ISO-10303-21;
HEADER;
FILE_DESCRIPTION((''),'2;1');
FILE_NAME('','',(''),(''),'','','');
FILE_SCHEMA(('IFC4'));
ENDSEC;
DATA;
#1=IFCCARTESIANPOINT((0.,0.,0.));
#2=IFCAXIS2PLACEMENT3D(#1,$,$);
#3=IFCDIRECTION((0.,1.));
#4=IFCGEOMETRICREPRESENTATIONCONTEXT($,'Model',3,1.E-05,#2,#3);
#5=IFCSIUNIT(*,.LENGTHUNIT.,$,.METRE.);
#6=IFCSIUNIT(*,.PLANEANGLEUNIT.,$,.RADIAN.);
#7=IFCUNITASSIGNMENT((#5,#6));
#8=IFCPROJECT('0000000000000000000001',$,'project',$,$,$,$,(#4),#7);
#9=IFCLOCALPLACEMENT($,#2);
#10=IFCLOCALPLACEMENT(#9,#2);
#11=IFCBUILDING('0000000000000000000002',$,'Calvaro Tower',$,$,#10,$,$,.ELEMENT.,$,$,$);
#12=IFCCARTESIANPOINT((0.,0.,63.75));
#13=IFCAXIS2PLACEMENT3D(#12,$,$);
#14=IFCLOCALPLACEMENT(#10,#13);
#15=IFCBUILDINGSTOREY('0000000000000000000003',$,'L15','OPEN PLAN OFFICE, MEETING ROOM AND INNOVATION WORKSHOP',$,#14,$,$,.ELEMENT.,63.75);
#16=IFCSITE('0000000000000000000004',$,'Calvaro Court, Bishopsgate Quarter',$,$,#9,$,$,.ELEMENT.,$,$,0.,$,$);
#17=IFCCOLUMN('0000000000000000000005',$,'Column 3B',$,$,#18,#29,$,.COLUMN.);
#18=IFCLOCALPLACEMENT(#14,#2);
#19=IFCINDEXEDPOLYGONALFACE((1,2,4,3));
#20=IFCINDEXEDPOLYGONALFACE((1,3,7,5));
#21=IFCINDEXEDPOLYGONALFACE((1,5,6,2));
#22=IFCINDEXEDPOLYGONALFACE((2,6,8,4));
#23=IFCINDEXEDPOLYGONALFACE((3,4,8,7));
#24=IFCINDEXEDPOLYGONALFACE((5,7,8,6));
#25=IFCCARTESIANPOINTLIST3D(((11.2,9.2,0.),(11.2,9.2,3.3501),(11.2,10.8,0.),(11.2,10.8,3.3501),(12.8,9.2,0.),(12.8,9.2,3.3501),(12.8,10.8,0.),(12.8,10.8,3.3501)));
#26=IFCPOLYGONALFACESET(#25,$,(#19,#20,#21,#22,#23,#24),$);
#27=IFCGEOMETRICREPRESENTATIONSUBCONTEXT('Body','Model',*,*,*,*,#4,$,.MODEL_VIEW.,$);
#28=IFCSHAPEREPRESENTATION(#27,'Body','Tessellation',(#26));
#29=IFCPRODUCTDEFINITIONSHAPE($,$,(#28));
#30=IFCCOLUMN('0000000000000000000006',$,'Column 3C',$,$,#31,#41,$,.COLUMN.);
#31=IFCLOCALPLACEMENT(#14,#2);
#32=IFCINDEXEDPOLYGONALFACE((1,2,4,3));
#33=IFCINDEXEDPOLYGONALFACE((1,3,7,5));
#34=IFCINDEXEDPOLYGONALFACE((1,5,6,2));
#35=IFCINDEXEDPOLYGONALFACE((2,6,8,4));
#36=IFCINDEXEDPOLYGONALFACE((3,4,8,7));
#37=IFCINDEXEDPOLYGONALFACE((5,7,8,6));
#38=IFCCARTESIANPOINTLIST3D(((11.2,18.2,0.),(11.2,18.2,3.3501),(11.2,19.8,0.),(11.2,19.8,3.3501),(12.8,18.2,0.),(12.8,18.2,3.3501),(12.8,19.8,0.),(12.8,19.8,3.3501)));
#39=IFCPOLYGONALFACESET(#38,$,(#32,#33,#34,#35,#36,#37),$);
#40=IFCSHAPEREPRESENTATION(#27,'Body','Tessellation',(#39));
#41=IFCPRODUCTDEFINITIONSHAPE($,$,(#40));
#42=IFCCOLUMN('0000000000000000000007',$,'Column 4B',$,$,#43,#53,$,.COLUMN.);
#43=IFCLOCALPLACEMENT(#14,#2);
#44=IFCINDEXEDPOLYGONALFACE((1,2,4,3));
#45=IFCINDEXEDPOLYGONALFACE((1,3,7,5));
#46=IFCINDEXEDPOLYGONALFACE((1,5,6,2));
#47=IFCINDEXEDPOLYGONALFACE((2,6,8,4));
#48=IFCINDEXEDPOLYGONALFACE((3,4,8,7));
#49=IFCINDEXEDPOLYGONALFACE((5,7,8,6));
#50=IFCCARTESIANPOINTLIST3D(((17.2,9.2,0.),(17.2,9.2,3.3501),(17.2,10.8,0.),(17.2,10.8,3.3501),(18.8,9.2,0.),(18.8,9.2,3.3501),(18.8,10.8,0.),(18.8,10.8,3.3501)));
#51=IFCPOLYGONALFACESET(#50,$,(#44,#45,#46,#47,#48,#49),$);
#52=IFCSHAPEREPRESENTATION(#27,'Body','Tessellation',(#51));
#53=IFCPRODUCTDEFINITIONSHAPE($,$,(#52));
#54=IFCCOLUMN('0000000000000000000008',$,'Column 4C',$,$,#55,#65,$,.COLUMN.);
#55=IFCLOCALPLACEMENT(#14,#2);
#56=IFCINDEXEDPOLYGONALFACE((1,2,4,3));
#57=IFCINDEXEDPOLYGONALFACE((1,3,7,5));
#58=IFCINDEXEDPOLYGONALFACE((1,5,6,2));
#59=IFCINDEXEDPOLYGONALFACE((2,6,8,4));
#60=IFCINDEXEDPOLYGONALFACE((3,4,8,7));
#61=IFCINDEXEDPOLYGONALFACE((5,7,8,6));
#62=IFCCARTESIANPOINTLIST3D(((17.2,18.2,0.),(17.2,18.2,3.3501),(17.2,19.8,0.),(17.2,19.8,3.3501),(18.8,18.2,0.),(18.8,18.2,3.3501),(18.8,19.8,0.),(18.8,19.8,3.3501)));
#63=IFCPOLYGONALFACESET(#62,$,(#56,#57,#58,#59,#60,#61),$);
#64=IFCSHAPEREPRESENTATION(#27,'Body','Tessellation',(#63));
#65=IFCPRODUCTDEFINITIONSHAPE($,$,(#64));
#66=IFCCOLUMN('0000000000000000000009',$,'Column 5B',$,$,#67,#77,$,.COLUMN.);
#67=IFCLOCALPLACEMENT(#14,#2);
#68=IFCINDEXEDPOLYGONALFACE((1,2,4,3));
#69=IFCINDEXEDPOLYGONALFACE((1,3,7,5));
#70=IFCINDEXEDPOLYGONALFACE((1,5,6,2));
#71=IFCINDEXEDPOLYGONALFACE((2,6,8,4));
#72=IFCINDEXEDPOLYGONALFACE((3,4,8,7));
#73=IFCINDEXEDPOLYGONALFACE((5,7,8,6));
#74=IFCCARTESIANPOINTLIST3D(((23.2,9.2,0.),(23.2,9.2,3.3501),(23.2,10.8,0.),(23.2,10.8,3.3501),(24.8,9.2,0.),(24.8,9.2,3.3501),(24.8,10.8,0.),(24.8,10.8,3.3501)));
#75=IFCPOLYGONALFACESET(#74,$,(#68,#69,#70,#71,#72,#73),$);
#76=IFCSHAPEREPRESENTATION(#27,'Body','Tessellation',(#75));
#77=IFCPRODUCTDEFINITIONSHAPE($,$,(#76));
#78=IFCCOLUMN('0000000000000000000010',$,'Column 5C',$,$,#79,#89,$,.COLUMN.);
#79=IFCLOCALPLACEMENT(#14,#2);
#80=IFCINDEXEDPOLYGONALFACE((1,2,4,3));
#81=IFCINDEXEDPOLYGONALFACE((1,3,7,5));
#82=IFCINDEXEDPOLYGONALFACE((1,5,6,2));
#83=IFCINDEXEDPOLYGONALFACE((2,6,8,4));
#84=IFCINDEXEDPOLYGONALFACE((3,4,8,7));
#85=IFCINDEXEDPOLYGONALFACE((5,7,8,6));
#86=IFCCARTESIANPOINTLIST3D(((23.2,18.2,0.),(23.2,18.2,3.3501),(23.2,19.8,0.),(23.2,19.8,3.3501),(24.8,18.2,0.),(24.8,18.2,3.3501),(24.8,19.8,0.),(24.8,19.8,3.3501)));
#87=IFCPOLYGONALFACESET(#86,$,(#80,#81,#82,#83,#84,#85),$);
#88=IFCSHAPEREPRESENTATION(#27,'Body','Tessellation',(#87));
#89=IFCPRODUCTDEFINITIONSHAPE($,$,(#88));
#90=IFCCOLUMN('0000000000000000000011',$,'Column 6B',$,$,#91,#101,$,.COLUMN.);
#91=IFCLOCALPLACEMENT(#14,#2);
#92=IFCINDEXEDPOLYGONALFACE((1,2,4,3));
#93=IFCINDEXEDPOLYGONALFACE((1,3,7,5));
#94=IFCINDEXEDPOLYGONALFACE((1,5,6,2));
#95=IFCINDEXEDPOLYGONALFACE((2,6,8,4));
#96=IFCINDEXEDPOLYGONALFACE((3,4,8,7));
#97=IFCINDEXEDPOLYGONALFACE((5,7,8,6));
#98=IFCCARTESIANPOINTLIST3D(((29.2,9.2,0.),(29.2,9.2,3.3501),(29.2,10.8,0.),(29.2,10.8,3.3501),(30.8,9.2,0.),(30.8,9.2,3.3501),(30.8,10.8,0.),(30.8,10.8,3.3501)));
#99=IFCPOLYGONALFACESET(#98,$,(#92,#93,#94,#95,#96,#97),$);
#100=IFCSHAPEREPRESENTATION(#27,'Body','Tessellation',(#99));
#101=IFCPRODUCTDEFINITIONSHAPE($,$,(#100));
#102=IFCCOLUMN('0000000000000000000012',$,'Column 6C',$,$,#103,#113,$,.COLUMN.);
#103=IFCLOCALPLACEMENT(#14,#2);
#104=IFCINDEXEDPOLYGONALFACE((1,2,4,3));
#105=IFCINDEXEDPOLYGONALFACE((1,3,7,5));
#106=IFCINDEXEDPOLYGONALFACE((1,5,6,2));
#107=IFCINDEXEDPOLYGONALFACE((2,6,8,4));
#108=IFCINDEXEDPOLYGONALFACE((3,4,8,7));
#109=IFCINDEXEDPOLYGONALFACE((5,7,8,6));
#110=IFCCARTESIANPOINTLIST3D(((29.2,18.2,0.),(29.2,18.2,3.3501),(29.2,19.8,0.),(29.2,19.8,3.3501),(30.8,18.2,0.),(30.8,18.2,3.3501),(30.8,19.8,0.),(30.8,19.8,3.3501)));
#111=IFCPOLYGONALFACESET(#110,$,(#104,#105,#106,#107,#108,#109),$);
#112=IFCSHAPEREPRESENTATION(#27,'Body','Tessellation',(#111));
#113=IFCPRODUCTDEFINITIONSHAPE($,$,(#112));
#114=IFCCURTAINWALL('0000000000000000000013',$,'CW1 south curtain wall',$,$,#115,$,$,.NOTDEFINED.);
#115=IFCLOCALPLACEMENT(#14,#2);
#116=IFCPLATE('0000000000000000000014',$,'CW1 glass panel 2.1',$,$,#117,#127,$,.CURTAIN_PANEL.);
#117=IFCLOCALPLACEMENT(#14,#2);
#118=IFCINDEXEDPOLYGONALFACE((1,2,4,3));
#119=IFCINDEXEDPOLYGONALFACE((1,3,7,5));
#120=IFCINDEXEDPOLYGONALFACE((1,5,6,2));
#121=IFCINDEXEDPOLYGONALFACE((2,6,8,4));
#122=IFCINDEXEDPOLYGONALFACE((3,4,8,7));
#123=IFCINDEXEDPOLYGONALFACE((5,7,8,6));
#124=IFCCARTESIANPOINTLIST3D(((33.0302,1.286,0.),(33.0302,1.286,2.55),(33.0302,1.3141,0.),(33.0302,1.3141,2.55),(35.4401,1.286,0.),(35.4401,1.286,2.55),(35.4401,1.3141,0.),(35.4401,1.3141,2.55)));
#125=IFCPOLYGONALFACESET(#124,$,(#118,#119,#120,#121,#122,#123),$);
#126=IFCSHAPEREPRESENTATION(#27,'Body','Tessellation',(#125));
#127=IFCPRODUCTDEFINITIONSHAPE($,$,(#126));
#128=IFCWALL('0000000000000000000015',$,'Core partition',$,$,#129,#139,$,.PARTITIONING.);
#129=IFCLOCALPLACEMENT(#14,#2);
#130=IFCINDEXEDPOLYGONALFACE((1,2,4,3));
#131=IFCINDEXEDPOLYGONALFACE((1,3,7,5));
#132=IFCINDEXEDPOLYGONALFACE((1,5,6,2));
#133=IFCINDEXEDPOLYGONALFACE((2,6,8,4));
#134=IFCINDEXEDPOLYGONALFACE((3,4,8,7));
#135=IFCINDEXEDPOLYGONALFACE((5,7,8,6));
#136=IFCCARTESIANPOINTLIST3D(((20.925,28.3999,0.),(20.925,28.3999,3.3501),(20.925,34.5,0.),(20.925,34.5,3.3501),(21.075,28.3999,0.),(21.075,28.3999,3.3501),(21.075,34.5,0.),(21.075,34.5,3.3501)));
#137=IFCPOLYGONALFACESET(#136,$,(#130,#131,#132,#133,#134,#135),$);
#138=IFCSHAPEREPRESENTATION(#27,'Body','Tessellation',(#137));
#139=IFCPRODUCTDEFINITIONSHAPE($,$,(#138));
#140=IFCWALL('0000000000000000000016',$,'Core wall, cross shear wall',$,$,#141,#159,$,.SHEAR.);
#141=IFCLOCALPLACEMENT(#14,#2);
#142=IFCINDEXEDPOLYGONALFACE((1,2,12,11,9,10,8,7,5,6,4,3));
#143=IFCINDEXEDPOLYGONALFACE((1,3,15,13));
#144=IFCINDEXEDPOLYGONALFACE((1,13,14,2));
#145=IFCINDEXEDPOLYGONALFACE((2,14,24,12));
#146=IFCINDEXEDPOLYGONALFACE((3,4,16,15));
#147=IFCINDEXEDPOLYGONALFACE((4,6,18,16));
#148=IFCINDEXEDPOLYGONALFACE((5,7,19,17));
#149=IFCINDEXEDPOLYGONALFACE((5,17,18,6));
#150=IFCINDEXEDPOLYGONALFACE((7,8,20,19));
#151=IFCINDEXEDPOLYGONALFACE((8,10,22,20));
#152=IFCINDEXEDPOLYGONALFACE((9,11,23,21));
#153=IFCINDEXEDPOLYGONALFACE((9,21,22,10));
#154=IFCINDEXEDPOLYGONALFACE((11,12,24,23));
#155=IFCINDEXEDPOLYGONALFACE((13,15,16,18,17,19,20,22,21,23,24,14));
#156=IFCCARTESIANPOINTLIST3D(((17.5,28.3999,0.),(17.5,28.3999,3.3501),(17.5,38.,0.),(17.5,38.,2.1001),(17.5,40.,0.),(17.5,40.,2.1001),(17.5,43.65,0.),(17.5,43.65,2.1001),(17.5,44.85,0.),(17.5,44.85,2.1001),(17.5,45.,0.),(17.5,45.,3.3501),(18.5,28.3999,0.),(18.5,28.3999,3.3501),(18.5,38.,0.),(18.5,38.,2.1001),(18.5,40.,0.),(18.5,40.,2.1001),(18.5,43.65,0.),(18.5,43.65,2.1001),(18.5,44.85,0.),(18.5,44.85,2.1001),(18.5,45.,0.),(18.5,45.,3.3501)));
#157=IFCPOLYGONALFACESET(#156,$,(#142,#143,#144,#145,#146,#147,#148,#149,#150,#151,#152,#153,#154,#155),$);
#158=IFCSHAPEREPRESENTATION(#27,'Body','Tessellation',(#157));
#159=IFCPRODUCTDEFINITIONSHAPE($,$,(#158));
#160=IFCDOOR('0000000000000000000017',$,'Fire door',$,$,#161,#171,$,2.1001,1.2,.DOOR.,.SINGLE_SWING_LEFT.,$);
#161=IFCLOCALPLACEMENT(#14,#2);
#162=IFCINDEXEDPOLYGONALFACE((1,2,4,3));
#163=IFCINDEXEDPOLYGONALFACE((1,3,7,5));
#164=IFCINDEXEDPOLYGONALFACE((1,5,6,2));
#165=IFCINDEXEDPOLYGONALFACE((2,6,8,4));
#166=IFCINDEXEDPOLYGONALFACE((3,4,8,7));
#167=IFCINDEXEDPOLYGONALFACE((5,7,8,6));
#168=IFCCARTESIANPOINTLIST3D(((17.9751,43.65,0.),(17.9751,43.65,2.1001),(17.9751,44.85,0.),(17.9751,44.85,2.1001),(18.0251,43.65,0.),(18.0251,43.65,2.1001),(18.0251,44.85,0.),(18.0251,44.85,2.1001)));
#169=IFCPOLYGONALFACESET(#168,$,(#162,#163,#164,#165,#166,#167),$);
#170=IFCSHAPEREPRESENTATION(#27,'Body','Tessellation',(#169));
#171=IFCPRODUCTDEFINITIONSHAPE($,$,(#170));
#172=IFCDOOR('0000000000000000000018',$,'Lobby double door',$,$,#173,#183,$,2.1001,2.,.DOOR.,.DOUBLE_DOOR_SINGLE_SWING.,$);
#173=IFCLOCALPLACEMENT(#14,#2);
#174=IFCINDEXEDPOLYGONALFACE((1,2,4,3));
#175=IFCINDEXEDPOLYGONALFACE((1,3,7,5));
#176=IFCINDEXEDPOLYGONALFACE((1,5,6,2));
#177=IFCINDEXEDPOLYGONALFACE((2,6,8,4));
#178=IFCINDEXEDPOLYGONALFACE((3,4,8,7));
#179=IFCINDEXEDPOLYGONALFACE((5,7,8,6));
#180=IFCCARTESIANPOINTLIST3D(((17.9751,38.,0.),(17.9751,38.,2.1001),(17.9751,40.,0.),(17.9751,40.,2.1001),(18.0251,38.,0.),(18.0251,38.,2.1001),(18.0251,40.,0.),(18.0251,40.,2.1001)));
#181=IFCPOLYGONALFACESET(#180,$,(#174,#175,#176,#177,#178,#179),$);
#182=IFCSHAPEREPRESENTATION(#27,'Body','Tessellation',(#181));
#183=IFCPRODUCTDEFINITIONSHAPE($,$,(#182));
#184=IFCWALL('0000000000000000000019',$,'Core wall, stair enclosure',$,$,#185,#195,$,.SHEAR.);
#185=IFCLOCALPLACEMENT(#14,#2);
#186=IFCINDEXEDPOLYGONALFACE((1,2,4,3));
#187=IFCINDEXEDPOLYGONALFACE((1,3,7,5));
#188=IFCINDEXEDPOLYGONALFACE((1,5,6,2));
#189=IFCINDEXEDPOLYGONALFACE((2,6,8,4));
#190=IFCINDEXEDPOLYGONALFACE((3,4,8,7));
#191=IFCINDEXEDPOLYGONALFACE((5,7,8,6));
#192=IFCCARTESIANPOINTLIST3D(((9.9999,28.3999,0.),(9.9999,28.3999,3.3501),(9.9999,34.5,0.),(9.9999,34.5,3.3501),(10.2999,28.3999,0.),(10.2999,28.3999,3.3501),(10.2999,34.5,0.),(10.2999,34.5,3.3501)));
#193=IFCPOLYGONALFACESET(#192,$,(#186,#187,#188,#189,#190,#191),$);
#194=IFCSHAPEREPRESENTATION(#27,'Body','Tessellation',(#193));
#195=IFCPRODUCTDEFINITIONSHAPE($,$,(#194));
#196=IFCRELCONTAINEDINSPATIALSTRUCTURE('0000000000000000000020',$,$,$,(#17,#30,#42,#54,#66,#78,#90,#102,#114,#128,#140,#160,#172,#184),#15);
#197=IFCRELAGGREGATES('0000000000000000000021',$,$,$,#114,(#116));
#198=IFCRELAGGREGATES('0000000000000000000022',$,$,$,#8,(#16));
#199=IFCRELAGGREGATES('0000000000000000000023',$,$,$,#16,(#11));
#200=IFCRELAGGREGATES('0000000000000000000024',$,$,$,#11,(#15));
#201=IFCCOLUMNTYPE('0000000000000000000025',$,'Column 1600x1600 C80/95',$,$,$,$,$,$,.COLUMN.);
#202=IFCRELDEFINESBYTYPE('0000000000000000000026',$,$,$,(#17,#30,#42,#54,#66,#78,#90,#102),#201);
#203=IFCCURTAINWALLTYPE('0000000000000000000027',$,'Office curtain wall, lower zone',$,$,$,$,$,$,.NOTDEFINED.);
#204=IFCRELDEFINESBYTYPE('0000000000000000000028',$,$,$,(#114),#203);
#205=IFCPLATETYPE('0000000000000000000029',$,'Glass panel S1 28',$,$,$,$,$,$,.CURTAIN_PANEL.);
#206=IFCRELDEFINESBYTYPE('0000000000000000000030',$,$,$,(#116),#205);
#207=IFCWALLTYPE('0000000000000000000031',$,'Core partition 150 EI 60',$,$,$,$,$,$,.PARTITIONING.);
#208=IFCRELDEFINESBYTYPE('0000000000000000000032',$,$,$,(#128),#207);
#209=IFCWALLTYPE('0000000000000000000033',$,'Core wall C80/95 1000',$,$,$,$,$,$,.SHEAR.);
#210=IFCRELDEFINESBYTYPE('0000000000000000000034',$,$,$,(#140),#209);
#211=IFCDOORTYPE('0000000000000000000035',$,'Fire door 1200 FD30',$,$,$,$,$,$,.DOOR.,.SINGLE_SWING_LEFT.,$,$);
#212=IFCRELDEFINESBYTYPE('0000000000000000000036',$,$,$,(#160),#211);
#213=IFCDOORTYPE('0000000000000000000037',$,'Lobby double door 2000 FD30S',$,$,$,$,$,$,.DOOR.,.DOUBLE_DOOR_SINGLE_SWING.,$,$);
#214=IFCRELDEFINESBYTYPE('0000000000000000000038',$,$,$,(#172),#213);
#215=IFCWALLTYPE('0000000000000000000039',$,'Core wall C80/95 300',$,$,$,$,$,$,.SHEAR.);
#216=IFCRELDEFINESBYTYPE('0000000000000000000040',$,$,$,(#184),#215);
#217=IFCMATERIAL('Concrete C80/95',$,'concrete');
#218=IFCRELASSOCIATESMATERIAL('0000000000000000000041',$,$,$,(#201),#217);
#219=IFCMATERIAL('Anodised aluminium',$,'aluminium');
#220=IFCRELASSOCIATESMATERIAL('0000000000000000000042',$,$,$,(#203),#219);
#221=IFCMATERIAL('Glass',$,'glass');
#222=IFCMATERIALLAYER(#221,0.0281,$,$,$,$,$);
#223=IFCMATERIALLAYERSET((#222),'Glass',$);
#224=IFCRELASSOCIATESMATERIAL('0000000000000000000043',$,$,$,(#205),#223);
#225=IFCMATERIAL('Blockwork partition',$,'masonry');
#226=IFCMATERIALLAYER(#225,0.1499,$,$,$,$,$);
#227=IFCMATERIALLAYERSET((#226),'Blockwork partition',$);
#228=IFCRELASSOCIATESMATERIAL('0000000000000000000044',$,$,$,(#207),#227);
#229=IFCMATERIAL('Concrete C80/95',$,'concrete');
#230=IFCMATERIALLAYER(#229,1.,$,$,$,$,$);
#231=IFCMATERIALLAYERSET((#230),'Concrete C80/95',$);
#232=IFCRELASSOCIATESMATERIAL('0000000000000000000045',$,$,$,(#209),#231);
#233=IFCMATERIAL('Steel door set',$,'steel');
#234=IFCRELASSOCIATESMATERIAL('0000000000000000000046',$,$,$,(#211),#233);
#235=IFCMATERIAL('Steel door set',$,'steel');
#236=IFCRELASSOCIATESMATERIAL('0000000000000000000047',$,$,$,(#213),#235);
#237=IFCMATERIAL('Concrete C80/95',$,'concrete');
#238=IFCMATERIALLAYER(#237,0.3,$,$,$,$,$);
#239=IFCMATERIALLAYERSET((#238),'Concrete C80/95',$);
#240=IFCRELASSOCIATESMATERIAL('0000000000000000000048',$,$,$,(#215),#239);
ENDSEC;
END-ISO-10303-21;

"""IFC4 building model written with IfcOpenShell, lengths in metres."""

from ifc_helpers import new_model, si_unit, direction, frame, frame_2d, origin, origin_2d, place, context, subcontext, project, spatial, rectangle, extrude, material, layer, layer_set, material_profile, profile_set, type_object, element, fill, aggregate, save


model = new_model("IFC4")

# Units and contexts
model_context = context("Model", 3, precision=1e-05, world=origin(), true_north=direction((0.0, 1.0)))
body_context = subcontext(model_context, "Body", "Model", "MODEL_VIEW")
ifc_project = project(units=[si_unit("LENGTHUNIT", "METRE"), si_unit("PLANEANGLEUNIT", "RADIAN")], contexts=[model_context])

# Site, building, storey
site_placement = place(None, origin())
site = spatial("IfcSite", under=ifc_project, at=site_placement, Name="Calvaro Court, Bishopsgate Quarter", CompositionType="ELEMENT", RefElevation=0.0)
building_placement = place(site_placement, origin())
building = spatial("IfcBuilding", under=site, at=building_placement, Name="Calvaro Tower", CompositionType="ELEMENT")
storey_placement = place(building_placement, frame((0.0, 0.0, 63.75)))
storey = spatial("IfcBuildingStorey", under=building, at=storey_placement, Name="L15", Description="OPEN PLAN OFFICE, MEETING ROOM AND INNOVATION WORKSHOP", CompositionType="ELEMENT", Elevation=63.75)

# Columns
ifc_material_1 = material(Name="Concrete C80/95", Category="concrete")
ifc_material_profile = material_profile(ifc_material_1, rectangle(XDim=1.6001, YDim=1.6001, at=origin_2d()), Name="RC 1600x1600")
ifc_profile_set = profile_set([ifc_material_profile], Name="Concrete C80/95")
column_type = type_object("IfcColumnType", Name="Column 1600x1600 C80/95", PredefinedType="COLUMN", material=ifc_profile_set)
for number, where, z_axis, x_axis, name in (
    (1, (12.0, 10.0, 0.0), (0.0, 0.0, 1.0), (1.0, 0.0, 0.0), "Column 3B"),
    (2, (12.0, 19.0, 0.0), (0.0, 0.0, 1.0), (1.0, 0.0, 0.0), "Column 3C"),
    (3, (18.0, 10.0, 0.0), (0.0, 0.0, 1.0), (1.0, 0.0, 0.0), "Column 4B"),
    (4, (18.0, 19.0, 0.0), (0.0, 0.0, 1.0), (1.0, 0.0, 0.0), "Column 4C"),
    (5, (24.0, 10.0, 0.0), (0.0, 0.0, 1.0), (1.0, 0.0, 0.0), "Column 5B"),
    (6, (24.0, 19.0, 0.0), (0.0, 0.0, 1.0), (1.0, 0.0, 0.0), "Column 5C"),
    (7, (30.0, 10.0, 0.0), (0.0, 0.0, 1.0), (1.0, 0.0, 0.0), "Column 6B"),
    (8, (30.0, 19.0, 0.0), (0.0, 0.0, 1.0), (1.0, 0.0, 0.0), "Column 6C"),
):
    element("IfcColumn", number, at=place(storey_placement, frame(where, z_axis=z_axis, x_axis=x_axis)), inside=storey, type_object=column_type, Name=name, PredefinedType="COLUMN", context=body_context, shape_type="SweptSolid", body=[
        extrude(rectangle(XDim=1.6001, YDim=1.6001, at=origin_2d()), origin(), (0.0, 0.0, 1.0), 3.3501),
    ])

# Curtain wall, plate
ifc_material_2 = material(Name="Anodised aluminium", Category="aluminium")
curtain_wall_type = type_object("IfcCurtainWallType", Name="Office curtain wall, lower zone", PredefinedType="NOTDEFINED", material=ifc_material_2)
curtain_wall_placement = place(storey_placement, origin())
curtain_wall = element("IfcCurtainWall", 9, at=curtain_wall_placement, inside=storey, type_object=curtain_wall_type, Name="CW1 south curtain wall", PredefinedType="NOTDEFINED")
ifc_material_3 = material(Name="Glass", Category="glass")
ifc_layer_1 = layer(ifc_material_3, 0.0281)
ifc_layer_set_1 = layer_set([ifc_layer_1], Name="Glass")
plate_type = type_object("IfcPlateType", Name="Glass panel S1 28", PredefinedType="CURTAIN_PANEL", material=ifc_layer_set_1)
plate_placement = place(storey_placement, frame((34.2351, 1.3, 0.0), z_axis=(0.0, 0.0, 1.0), x_axis=(1.0, 0.0, 0.0)))
plate = element("IfcPlate", 10, at=plate_placement, type_object=plate_type, Name="CW1 glass panel 2.1", PredefinedType="CURTAIN_PANEL", context=body_context, shape_type="SweptSolid", body=[
    extrude(rectangle(XDim=2.4099, YDim=0.0281, at=origin_2d()), origin(), (0.0, 0.0, 1.0), 2.55),
])
aggregate(curtain_wall, [plate])

# Wall
ifc_material_4 = material(Name="Blockwork partition", Category="masonry")
ifc_layer_2 = layer(ifc_material_4, 0.1499)
ifc_layer_set_2 = layer_set([ifc_layer_2], Name="Blockwork partition")
wall_type_1 = type_object("IfcWallType", Name="Core partition 150 EI 60", PredefinedType="PARTITIONING", material=ifc_layer_set_2)
wall_1_placement = place(storey_placement, frame((21.0, 28.3999, 0.0), z_axis=(0.0, 0.0, 1.0), x_axis=(0.0, 1.0, 0.0)))
element("IfcWall", 11, at=wall_1_placement, inside=storey, type_object=wall_type_1, Name="Core partition", PredefinedType="PARTITIONING", context=body_context, shape_type="SweptSolid", body=[
    extrude(rectangle(XDim=6.1001, YDim=0.1499, at=frame_2d((3.05, 0.0))), origin(), (0.0, 0.0, 1.0), 3.3501),
])

# Wall, openings, doors
ifc_material_5 = material(Name="Concrete C80/95", Category="concrete")
ifc_layer_3 = layer(ifc_material_5, 1.0)
ifc_layer_set_3 = layer_set([ifc_layer_3], Name="Concrete C80/95")
wall_type_2 = type_object("IfcWallType", Name="Core wall C80/95 1000", PredefinedType="SHEAR", material=ifc_layer_set_3)
wall_2_placement = place(storey_placement, frame((18.0, 28.3999, 0.0), z_axis=(0.0, 0.0, 1.0), x_axis=(0.0, 1.0, 0.0)))
wall_2 = element("IfcWall", 12, at=wall_2_placement, inside=storey, type_object=wall_type_2, Name="Core wall, cross shear wall", PredefinedType="SHEAR", context=body_context, shape_type="SweptSolid", body=[
    extrude(rectangle(XDim=16.6001, YDim=1.0, at=frame_2d((8.3, 0.0))), origin(), (0.0, 0.0, 1.0), 3.3501),
])
opening_1_placement = place(wall_2_placement, frame((9.6001, 0.0, 0.0)))
opening_1 = element("IfcOpeningElement", 13, at=opening_1_placement, cuts=wall_2, PredefinedType="OPENING", context=body_context, shape_type="SweptSolid", body=[
    extrude(rectangle(XDim=2.0, YDim=2.1001, at=frame_2d((1.0, 1.05))), frame((0.0, 0.51, 0.0), z_axis=(0.0, -1.0, 0.0), x_axis=(1.0, 0.0, 0.0)), (0.0, 0.0, 1.0), 1.02),
])
opening_2_placement = place(wall_2_placement, frame((15.25, 0.0, 0.0)))
opening_2 = element("IfcOpeningElement", 14, at=opening_2_placement, cuts=wall_2, PredefinedType="OPENING", context=body_context, shape_type="SweptSolid", body=[
    extrude(rectangle(XDim=1.2, YDim=2.1001, at=frame_2d((0.6001, 1.05))), frame((0.0, 0.51, 0.0), z_axis=(0.0, -1.0, 0.0), x_axis=(1.0, 0.0, 0.0)), (0.0, 0.0, 1.0), 1.02),
])
ifc_material_6 = material(Name="Steel door set", Category="steel")
door_type_1 = type_object("IfcDoorType", Name="Fire door 1200 FD30", OperationType="SINGLE_SWING_LEFT", PredefinedType="DOOR", material=ifc_material_6)
door_1_placement = place(opening_2_placement, origin())
door_1 = element("IfcDoor", 15, at=door_1_placement, inside=storey, type_object=door_type_1, Name="Fire door", OperationType="SINGLE_SWING_LEFT", OverallHeight=2.1001, OverallWidth=1.2, PredefinedType="DOOR", context=body_context, shape_type="SweptSolid", body=[
    extrude(rectangle(XDim=1.2, YDim=2.1001, at=frame_2d((0.6001, 1.05))), frame((0.0, 0.0249, 0.0), z_axis=(0.0, -1.0, 0.0), x_axis=(1.0, 0.0, 0.0)), (0.0, 0.0, 1.0), 0.05),
])
fill(opening_2, door_1)
ifc_material_7 = material(Name="Steel door set", Category="steel")
door_type_2 = type_object("IfcDoorType", Name="Lobby double door 2000 FD30S", OperationType="DOUBLE_DOOR_SINGLE_SWING", PredefinedType="DOOR", material=ifc_material_7)
door_2_placement = place(opening_1_placement, origin())
door_2 = element("IfcDoor", 16, at=door_2_placement, inside=storey, type_object=door_type_2, Name="Lobby double door", OperationType="DOUBLE_DOOR_SINGLE_SWING", OverallHeight=2.1001, OverallWidth=2.0, PredefinedType="DOOR", context=body_context, shape_type="SweptSolid", body=[
    extrude(rectangle(XDim=2.0, YDim=2.1001, at=frame_2d((1.0, 1.05))), frame((0.0, 0.0249, 0.0), z_axis=(0.0, -1.0, 0.0), x_axis=(1.0, 0.0, 0.0)), (0.0, 0.0, 1.0), 0.05),
])
fill(opening_1, door_2)

# Wall
ifc_material_8 = material(Name="Concrete C80/95", Category="concrete")
ifc_layer_4 = layer(ifc_material_8, 0.3)
ifc_layer_set_4 = layer_set([ifc_layer_4], Name="Concrete C80/95")
wall_type_3 = type_object("IfcWallType", Name="Core wall C80/95 300", PredefinedType="SHEAR", material=ifc_layer_set_4)
for number, where, z_axis, x_axis, name in (
    (17, (10.1499, 28.3999, 0.0), (0.0, 0.0, 1.0), (0.0, 1.0, 0.0), "Core wall, stair enclosure"),
):
    element("IfcWall", number, at=place(storey_placement, frame(where, z_axis=z_axis, x_axis=x_axis)), inside=storey, type_object=wall_type_3, Name=name, PredefinedType="SHEAR", context=body_context, shape_type="SweptSolid", body=[
        extrude(rectangle(XDim=6.1001, YDim=0.3, at=frame_2d((3.05, 0.0))), origin(), (0.0, 0.0, 1.0), 3.3501),
    ])

save(model, "model.ifc")
